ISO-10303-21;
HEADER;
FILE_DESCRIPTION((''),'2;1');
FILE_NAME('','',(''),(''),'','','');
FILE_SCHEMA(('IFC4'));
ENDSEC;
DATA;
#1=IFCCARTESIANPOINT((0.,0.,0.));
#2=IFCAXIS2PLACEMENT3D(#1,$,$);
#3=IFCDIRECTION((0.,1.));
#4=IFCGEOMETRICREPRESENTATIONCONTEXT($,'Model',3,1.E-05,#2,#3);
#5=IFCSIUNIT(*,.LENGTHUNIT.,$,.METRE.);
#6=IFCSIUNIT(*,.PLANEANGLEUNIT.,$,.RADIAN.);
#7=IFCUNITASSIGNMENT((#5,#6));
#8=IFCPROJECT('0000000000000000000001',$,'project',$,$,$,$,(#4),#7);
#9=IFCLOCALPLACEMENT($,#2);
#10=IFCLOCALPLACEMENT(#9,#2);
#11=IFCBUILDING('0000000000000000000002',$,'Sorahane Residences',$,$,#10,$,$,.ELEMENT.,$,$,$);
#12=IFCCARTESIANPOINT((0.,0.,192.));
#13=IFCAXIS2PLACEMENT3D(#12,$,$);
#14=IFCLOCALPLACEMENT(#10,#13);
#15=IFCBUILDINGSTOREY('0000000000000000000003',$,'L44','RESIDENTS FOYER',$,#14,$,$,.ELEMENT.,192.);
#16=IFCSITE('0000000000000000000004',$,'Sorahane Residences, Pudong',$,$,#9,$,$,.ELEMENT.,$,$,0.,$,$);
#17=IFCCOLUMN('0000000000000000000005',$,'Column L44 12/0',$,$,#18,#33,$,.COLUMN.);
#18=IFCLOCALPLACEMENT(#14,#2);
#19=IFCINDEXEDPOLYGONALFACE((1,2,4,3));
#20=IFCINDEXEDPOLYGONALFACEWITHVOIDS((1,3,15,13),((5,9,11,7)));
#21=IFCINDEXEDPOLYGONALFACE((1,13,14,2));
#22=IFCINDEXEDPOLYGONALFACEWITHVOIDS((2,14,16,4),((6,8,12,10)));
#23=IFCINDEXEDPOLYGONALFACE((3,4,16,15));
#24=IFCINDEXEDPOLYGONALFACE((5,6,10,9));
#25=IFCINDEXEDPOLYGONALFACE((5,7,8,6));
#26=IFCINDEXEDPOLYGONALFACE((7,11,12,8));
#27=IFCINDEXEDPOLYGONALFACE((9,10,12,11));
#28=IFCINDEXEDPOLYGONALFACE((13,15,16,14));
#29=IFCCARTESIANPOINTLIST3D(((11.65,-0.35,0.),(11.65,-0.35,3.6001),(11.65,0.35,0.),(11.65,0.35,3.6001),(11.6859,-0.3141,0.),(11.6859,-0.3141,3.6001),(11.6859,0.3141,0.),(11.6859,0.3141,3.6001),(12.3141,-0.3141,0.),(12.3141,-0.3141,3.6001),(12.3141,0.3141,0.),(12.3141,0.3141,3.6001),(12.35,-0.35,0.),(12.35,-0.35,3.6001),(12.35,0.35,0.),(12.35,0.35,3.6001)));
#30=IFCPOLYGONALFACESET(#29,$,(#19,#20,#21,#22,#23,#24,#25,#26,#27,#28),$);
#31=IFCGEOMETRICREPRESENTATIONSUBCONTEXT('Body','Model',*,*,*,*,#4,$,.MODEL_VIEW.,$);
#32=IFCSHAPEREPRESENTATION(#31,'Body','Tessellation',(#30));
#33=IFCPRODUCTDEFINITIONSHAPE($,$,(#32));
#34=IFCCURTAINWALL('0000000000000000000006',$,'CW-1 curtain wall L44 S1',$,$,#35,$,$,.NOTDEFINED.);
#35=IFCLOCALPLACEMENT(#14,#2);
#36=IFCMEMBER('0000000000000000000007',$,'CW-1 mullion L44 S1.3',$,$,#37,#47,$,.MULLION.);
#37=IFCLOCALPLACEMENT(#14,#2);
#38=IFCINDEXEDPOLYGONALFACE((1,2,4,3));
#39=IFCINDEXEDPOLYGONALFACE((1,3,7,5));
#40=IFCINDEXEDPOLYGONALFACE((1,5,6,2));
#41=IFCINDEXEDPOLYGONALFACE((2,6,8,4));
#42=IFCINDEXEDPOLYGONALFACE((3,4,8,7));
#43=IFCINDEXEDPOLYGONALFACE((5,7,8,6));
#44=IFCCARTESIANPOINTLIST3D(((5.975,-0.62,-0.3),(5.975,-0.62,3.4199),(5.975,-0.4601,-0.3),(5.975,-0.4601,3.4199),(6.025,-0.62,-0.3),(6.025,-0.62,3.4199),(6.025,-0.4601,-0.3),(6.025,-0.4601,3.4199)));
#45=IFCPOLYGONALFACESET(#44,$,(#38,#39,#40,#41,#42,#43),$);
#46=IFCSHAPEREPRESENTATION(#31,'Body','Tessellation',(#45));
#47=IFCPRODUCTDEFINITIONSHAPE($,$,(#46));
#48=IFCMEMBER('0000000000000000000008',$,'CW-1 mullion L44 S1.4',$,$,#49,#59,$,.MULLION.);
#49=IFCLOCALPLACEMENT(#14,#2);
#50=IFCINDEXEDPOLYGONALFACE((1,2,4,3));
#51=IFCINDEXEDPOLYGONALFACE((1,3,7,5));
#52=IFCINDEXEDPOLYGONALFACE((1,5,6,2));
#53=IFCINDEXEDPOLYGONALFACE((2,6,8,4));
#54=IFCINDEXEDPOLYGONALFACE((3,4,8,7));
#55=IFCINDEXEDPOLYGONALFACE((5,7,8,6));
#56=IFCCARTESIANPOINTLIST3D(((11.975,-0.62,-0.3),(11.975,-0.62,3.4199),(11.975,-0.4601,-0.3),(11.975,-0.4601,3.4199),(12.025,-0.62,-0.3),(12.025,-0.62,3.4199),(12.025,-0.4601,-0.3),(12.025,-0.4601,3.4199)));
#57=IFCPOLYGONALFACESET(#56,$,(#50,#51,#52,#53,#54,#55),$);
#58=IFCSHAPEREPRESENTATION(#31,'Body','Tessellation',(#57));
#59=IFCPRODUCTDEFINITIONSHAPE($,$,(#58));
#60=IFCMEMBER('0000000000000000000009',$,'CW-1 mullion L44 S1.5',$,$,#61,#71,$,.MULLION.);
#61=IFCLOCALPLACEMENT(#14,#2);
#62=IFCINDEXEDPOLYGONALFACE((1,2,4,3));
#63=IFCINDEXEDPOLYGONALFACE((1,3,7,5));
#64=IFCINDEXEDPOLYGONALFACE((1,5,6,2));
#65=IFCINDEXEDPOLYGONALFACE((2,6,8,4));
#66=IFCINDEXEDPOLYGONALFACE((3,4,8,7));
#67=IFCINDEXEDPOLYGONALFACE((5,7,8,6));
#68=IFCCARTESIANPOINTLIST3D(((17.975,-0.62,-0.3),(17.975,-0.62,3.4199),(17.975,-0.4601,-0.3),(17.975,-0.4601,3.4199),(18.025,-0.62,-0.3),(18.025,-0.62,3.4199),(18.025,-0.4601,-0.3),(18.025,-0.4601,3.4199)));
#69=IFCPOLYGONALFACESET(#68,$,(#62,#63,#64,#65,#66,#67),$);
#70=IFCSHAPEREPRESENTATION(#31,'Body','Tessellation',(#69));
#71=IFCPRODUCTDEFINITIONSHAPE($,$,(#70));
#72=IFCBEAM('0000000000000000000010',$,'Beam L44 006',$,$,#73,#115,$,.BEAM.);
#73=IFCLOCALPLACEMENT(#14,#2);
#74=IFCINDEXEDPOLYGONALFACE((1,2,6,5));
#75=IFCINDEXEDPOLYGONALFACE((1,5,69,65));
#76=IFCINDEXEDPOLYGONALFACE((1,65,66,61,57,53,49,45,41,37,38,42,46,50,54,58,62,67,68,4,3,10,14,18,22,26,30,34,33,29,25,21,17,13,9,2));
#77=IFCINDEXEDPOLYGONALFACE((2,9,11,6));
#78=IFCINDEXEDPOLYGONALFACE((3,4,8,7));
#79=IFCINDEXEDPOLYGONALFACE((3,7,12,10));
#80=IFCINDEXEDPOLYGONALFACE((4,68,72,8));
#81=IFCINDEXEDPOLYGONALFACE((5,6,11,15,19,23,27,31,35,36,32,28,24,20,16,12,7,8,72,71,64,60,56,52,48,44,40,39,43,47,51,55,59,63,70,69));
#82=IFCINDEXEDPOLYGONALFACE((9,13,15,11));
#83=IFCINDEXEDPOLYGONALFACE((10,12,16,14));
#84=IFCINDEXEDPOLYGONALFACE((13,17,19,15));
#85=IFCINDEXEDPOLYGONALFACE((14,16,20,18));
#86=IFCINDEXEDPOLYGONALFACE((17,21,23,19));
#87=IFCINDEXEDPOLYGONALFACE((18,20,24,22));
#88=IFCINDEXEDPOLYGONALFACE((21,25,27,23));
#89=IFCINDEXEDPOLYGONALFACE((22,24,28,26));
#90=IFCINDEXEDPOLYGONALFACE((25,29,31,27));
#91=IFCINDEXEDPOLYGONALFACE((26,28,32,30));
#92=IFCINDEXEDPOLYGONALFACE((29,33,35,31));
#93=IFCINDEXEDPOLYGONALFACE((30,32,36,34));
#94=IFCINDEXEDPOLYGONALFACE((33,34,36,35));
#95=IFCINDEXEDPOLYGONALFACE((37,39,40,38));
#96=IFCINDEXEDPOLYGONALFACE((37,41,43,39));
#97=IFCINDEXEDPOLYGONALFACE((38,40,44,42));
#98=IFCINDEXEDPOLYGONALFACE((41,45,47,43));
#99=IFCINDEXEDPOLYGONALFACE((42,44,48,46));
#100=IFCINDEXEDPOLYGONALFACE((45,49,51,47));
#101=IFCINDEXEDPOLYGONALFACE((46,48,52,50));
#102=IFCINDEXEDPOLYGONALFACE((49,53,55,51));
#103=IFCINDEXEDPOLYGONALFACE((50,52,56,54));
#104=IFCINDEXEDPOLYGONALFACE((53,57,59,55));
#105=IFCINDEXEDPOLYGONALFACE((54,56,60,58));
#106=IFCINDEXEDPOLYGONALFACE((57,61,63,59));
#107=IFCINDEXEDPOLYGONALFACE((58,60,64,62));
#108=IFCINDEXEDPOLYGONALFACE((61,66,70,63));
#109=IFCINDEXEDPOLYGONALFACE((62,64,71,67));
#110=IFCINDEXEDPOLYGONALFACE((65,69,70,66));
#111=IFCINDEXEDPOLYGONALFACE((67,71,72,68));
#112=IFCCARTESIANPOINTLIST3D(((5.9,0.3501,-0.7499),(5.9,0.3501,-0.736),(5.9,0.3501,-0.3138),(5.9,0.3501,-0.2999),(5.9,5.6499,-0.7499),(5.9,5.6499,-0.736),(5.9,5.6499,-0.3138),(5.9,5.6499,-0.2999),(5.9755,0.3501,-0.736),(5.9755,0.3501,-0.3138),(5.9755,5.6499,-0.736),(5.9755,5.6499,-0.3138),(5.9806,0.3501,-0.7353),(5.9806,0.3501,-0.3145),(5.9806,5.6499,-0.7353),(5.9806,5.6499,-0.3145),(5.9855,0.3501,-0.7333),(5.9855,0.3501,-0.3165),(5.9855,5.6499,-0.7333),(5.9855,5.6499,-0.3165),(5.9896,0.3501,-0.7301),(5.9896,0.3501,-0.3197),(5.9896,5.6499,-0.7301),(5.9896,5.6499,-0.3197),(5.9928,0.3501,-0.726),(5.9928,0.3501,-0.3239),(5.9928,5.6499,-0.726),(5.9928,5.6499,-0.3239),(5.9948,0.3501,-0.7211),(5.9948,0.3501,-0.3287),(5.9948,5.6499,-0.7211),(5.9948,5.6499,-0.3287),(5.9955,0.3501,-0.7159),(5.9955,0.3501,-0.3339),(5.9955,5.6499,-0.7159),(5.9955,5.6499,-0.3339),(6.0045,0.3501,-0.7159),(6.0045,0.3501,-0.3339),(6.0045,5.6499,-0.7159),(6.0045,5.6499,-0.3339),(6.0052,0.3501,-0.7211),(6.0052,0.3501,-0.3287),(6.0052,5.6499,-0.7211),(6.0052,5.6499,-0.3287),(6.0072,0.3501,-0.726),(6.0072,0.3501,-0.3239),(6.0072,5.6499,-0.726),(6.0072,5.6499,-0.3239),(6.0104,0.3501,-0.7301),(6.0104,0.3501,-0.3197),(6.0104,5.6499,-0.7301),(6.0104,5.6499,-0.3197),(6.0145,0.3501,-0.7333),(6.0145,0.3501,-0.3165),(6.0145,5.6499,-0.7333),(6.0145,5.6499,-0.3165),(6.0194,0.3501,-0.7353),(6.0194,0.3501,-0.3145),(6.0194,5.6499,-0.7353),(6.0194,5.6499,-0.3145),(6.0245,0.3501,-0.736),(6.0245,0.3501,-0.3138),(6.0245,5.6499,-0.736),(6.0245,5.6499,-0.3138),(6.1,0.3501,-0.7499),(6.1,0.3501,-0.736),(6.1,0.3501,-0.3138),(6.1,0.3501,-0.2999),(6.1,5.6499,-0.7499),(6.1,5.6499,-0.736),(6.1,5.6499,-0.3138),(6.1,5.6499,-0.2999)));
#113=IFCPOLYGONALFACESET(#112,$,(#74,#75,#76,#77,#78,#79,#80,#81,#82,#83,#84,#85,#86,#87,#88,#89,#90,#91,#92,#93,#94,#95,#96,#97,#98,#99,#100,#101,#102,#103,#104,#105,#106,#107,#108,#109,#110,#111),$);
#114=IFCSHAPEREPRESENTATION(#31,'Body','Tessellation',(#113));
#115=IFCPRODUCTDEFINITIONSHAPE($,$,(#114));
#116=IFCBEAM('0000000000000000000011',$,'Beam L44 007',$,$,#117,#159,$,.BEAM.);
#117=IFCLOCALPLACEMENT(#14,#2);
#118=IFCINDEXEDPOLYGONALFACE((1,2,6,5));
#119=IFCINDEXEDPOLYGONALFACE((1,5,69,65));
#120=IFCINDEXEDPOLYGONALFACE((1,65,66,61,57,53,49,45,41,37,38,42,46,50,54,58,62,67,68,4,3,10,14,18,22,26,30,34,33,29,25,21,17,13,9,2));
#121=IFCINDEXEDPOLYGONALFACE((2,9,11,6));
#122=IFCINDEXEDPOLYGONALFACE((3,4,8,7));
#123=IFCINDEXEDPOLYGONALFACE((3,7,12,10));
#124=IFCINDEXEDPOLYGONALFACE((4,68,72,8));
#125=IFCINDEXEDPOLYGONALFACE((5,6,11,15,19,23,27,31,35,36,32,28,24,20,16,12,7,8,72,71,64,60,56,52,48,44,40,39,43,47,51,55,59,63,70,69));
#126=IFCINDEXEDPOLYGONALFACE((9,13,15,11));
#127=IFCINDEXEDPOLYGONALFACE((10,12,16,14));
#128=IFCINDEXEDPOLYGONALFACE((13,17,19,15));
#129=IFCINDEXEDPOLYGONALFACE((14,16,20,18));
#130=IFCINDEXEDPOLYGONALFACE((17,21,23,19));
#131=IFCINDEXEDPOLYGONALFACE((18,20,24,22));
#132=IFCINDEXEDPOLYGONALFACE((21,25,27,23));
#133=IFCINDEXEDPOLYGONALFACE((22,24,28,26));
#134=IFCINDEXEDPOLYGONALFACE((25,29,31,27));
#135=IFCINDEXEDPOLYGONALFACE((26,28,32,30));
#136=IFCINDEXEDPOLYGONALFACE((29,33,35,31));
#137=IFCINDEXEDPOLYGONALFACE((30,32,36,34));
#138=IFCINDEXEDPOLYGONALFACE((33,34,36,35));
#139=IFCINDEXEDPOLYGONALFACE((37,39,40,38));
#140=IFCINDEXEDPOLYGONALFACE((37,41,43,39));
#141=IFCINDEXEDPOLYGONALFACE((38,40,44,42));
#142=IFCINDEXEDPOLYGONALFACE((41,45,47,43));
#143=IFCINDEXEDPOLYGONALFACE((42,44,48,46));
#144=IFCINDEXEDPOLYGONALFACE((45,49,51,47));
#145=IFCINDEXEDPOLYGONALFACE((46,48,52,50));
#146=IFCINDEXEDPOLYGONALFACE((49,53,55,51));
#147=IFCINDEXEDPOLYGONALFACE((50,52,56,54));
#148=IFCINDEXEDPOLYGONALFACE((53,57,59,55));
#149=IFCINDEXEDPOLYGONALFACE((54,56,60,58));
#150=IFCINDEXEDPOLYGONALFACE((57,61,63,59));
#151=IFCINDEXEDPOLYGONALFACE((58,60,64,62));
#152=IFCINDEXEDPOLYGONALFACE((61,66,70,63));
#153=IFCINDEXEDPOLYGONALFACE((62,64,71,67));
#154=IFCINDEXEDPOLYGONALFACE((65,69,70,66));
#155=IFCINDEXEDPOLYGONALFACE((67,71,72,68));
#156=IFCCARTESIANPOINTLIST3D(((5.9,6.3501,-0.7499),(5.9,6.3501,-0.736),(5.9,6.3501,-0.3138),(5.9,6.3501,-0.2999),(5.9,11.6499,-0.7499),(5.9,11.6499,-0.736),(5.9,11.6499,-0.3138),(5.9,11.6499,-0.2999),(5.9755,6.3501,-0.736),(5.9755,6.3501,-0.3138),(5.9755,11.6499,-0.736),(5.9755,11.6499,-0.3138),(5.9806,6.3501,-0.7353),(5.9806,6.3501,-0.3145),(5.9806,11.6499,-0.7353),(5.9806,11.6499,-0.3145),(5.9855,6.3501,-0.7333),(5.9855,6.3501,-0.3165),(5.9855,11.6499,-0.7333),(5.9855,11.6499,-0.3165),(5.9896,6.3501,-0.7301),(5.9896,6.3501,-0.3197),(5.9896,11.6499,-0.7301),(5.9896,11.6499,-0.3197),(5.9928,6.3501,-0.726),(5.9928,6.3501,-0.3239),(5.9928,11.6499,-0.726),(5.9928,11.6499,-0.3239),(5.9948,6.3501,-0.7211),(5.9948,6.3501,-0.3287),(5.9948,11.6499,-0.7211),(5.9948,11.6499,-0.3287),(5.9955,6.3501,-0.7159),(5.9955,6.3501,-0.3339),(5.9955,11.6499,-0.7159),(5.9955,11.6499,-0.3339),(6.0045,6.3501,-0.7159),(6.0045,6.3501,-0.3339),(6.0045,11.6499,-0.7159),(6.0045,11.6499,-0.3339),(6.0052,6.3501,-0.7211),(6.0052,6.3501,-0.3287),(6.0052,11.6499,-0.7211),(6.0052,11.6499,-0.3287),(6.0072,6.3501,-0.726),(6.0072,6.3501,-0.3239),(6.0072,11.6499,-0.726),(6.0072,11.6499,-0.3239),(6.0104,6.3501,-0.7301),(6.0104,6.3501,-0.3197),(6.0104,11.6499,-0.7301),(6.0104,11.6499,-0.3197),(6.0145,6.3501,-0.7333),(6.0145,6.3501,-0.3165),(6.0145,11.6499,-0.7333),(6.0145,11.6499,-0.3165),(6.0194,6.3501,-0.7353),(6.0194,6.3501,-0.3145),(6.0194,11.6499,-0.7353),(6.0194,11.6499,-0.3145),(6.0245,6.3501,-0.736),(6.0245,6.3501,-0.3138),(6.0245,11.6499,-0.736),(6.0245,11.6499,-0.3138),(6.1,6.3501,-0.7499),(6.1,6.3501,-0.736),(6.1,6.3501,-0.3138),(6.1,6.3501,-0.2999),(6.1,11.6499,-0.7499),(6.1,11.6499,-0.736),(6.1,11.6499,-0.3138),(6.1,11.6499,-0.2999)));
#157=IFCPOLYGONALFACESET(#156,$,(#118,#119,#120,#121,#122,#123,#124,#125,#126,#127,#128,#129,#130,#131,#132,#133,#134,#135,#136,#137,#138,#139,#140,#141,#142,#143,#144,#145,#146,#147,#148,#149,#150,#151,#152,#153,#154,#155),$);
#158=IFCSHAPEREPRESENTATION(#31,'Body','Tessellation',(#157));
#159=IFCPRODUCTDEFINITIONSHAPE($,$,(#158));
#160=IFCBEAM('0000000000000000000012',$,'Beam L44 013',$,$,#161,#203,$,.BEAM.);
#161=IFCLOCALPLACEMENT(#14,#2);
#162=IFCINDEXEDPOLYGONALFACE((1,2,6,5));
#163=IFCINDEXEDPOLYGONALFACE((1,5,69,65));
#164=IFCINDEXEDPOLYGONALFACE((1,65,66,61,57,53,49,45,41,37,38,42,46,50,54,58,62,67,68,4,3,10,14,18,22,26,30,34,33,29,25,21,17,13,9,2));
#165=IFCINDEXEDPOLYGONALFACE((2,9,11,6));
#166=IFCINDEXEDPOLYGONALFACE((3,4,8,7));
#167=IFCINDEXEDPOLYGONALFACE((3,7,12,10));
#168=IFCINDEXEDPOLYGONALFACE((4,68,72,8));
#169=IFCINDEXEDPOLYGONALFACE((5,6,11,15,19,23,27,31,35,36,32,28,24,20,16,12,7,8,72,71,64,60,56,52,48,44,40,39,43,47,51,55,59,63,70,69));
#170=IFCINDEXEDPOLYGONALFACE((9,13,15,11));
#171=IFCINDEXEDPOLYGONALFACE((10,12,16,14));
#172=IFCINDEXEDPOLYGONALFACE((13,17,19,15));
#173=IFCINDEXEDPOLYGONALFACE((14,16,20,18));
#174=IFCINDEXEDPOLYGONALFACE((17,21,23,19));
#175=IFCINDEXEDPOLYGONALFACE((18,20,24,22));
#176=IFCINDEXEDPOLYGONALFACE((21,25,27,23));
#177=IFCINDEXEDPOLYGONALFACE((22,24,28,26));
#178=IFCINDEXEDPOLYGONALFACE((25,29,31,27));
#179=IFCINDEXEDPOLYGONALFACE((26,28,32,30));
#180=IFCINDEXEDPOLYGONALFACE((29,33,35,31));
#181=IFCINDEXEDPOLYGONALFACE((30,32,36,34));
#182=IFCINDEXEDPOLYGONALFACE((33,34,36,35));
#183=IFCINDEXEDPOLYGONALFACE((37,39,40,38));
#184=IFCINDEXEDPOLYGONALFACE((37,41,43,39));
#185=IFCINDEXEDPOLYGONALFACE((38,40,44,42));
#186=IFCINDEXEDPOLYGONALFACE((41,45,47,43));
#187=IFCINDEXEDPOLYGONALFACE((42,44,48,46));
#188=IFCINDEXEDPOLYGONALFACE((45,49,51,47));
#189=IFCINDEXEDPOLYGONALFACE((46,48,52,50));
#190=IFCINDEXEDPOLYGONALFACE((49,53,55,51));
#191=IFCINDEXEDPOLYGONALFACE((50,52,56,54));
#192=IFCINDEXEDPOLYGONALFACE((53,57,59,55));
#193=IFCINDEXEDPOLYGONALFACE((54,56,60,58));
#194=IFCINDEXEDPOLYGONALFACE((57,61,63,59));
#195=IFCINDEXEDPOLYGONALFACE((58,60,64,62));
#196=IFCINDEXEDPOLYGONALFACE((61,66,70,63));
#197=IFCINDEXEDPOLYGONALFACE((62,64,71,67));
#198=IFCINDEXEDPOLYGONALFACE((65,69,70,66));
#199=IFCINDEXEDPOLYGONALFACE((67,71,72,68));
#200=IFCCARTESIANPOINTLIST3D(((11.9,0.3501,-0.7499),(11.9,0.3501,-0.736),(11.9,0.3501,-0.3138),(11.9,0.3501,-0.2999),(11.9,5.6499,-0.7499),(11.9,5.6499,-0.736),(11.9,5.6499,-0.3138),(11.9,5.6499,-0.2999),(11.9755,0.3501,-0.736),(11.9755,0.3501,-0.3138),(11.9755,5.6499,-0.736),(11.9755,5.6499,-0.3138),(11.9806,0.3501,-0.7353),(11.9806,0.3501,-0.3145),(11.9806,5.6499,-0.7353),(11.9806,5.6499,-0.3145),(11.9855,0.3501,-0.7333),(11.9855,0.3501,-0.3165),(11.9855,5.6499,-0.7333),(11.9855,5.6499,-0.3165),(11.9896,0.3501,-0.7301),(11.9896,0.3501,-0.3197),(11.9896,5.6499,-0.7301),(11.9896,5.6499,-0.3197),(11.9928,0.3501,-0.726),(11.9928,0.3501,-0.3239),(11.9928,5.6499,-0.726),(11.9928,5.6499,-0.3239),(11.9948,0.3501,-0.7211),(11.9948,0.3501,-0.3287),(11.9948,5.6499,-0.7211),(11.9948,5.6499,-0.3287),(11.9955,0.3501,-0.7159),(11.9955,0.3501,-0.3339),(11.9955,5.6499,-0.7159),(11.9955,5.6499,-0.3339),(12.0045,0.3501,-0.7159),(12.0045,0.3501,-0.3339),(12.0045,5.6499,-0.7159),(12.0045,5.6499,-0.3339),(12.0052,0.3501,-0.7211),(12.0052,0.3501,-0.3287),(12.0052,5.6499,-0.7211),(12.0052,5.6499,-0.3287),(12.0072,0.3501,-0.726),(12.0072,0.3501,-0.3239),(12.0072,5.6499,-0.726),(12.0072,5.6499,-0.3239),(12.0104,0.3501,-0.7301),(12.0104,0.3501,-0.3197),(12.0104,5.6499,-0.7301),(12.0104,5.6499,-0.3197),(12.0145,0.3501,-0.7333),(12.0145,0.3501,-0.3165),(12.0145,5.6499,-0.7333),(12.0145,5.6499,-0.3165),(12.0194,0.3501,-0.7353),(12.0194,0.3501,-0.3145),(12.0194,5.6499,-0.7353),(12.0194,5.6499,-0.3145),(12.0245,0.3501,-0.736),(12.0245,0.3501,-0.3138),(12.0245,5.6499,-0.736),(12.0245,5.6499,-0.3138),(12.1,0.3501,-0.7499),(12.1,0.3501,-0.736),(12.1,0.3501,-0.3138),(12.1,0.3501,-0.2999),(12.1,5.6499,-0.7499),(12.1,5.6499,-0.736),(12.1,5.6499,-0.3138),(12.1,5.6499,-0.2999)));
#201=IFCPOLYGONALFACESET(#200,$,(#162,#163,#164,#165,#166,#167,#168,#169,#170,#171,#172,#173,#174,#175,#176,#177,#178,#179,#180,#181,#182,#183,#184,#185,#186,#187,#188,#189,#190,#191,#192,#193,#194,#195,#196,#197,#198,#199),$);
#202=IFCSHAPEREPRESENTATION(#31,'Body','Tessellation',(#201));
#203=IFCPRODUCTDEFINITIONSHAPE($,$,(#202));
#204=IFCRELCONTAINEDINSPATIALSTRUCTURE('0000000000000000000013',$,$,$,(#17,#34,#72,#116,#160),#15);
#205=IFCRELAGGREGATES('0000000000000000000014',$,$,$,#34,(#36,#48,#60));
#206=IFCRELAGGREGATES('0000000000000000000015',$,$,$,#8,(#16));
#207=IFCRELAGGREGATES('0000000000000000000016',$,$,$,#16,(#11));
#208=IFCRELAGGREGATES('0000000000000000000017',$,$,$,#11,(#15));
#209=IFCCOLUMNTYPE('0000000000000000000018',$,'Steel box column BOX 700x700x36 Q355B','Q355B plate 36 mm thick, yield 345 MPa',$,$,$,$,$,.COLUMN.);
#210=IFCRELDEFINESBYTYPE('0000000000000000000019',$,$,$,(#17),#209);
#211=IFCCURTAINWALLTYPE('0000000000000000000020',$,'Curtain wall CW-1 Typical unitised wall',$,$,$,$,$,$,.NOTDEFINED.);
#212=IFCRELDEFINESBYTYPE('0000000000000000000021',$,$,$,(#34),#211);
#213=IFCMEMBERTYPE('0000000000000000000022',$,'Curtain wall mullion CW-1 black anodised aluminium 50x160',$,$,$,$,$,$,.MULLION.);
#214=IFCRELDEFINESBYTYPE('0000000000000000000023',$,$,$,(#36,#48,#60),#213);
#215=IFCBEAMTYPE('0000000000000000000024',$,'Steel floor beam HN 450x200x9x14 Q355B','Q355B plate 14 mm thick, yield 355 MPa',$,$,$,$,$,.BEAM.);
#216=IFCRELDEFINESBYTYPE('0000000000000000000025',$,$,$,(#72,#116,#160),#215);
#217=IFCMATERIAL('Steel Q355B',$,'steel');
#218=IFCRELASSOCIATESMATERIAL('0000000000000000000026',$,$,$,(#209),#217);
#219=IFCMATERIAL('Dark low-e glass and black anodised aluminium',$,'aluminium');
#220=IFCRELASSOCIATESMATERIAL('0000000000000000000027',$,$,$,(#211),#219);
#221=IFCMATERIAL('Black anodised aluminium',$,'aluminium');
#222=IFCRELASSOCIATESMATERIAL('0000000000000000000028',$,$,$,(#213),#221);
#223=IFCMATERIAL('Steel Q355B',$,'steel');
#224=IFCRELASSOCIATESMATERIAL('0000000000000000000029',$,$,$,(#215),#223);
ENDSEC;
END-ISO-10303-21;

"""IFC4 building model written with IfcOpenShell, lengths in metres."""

from ifc_helpers import new_model, si_unit, direction, frame, origin, origin_2d, place, context, subcontext, project, spatial, rectangle, hollow_rectangle, i_section, extrude, material, material_profile, profile_set, type_object, element, aggregate, save


model = new_model("IFC4")

# Units and contexts
model_context = context("Model", 3, precision=1e-05, world=origin(), true_north=direction((0.0, 1.0)))
body_context = subcontext(model_context, "Body", "Model", "MODEL_VIEW")
ifc_project = project(units=[si_unit("LENGTHUNIT", "METRE"), si_unit("PLANEANGLEUNIT", "RADIAN")], contexts=[model_context])

# Site, building, storey
site_placement = place(None, origin())
site = spatial("IfcSite", under=ifc_project, at=site_placement, Name="Sorahane Residences, Pudong", CompositionType="ELEMENT", RefElevation=0.0)
building_placement = place(site_placement, origin())
building = spatial("IfcBuilding", under=site, at=building_placement, Name="Sorahane Residences", CompositionType="ELEMENT")
storey_placement = place(building_placement, frame((0.0, 0.0, 192.0)))
storey = spatial("IfcBuildingStorey", under=building, at=storey_placement, Name="L44", Description="RESIDENTS FOYER", CompositionType="ELEMENT", Elevation=192.0)

# Column
ifc_material_1 = material(Name="Steel Q355B", Category="steel")
ifc_material_profile_1 = material_profile(ifc_material_1, hollow_rectangle(XDim=0.7, YDim=0.7, WallThickness=0.0359, at=origin_2d()), Name="BOX 700x700x36")
ifc_profile_set_1 = profile_set([ifc_material_profile_1], Name="Steel Q355B")
column_type = type_object("IfcColumnType", Name="Steel box column BOX 700x700x36 Q355B", Description="Q355B plate 36 mm thick, yield 345 MPa", PredefinedType="COLUMN", material=ifc_profile_set_1)
column_placement = place(storey_placement, frame((12.0, 0.0, 0.0), z_axis=(0.0, 0.0, 1.0), x_axis=(1.0, 0.0, 0.0)))
element("IfcColumn", 1, at=column_placement, inside=storey, type_object=column_type, Name="Column L44 12/0", PredefinedType="COLUMN", context=body_context, shape_type="SweptSolid", body=[
    extrude(hollow_rectangle(XDim=0.7, YDim=0.7, WallThickness=0.0359, at=origin_2d()), origin(), (0.0, 0.0, 1.0), 3.6001),
])

# Curtain wall, members
ifc_material_2 = material(Name="Dark low-e glass and black anodised aluminium", Category="aluminium")
curtain_wall_type = type_object("IfcCurtainWallType", Name="Curtain wall CW-1 Typical unitised wall", PredefinedType="NOTDEFINED", material=ifc_material_2)
curtain_wall_placement = place(storey_placement, origin())
curtain_wall = element("IfcCurtainWall", 2, at=curtain_wall_placement, inside=storey, type_object=curtain_wall_type, Name="CW-1 curtain wall L44 S1", PredefinedType="NOTDEFINED")
ifc_material_3 = material(Name="Black anodised aluminium", Category="aluminium")
ifc_material_profile_2 = material_profile(ifc_material_3, rectangle(XDim=0.1599, YDim=0.05, at=origin_2d()), Name="Curtain wall mullion CW-1 black anodised aluminium 50x160")
ifc_profile_set_2 = profile_set([ifc_material_profile_2], Name="Black anodised aluminium")
member_type = type_object("IfcMemberType", Name="Curtain wall mullion CW-1 black anodised aluminium 50x160", PredefinedType="MULLION", material=ifc_profile_set_2)
member_1_placement = place(storey_placement, frame((6.0, -0.54, -0.3), z_axis=(0.0, 0.0, 1.0), x_axis=(0.0, -1.0, 0.0)))
member_1 = element("IfcMember", 3, at=member_1_placement, type_object=member_type, Name="CW-1 mullion L44 S1.3", PredefinedType="MULLION", context=body_context, shape_type="SweptSolid", body=[
    extrude(rectangle(XDim=0.1599, YDim=0.05, at=origin_2d()), origin(), (0.0, 0.0, 1.0), 3.72),
])
member_2_placement = place(storey_placement, frame((12.0, -0.54, -0.3), z_axis=(0.0, 0.0, 1.0), x_axis=(0.0, -1.0, 0.0)))
member_2 = element("IfcMember", 4, at=member_2_placement, type_object=member_type, Name="CW-1 mullion L44 S1.4", PredefinedType="MULLION", context=body_context, shape_type="SweptSolid", body=[
    extrude(rectangle(XDim=0.1599, YDim=0.05, at=origin_2d()), origin(), (0.0, 0.0, 1.0), 3.72),
])
member_3_placement = place(storey_placement, frame((18.0, -0.54, -0.3), z_axis=(0.0, 0.0, 1.0), x_axis=(0.0, -1.0, 0.0)))
member_3 = element("IfcMember", 5, at=member_3_placement, type_object=member_type, Name="CW-1 mullion L44 S1.5", PredefinedType="MULLION", context=body_context, shape_type="SweptSolid", body=[
    extrude(rectangle(XDim=0.1599, YDim=0.05, at=origin_2d()), origin(), (0.0, 0.0, 1.0), 3.72),
])

# Beams
ifc_material_4 = material(Name="Steel Q355B", Category="steel")
ifc_material_profile_3 = material_profile(ifc_material_4, i_section(OverallWidth=0.2, OverallDepth=0.45, WebThickness=0.009, FlangeThickness=0.0139, FilletRadius=0.02, at=origin_2d()), Name="HN 450x200x9x14")
ifc_profile_set_3 = profile_set([ifc_material_profile_3], Name="Steel Q355B")
beam_type = type_object("IfcBeamType", Name="Steel floor beam HN 450x200x9x14 Q355B", Description="Q355B plate 14 mm thick, yield 355 MPa", PredefinedType="BEAM", material=ifc_profile_set_3)
for number, where, z_axis, x_axis, name in (
    (6, (6.0, 0.3501, -0.5249), (0.0, 1.0, 0.0), (-1.0, 0.0, 0.0), "Beam L44 006"),
    (7, (6.0, 6.3501, -0.5249), (0.0, 1.0, 0.0), (-1.0, 0.0, 0.0), "Beam L44 007"),
    (8, (12.0, 0.3501, -0.5249), (0.0, 1.0, 0.0), (-1.0, 0.0, 0.0), "Beam L44 013"),
):
    element("IfcBeam", number, at=place(storey_placement, frame(where, z_axis=z_axis, x_axis=x_axis)), inside=storey, type_object=beam_type, Name=name, PredefinedType="BEAM", context=body_context, shape_type="SweptSolid", body=[
        extrude(i_section(OverallWidth=0.2, OverallDepth=0.45, WebThickness=0.009, FlangeThickness=0.0139, FilletRadius=0.02, at=origin_2d()), origin(), (0.0, 0.0, 1.0), 5.2998),
    ])

aggregate(curtain_wall, [member_1, member_2, member_3])

save(model, "model.ifc")
